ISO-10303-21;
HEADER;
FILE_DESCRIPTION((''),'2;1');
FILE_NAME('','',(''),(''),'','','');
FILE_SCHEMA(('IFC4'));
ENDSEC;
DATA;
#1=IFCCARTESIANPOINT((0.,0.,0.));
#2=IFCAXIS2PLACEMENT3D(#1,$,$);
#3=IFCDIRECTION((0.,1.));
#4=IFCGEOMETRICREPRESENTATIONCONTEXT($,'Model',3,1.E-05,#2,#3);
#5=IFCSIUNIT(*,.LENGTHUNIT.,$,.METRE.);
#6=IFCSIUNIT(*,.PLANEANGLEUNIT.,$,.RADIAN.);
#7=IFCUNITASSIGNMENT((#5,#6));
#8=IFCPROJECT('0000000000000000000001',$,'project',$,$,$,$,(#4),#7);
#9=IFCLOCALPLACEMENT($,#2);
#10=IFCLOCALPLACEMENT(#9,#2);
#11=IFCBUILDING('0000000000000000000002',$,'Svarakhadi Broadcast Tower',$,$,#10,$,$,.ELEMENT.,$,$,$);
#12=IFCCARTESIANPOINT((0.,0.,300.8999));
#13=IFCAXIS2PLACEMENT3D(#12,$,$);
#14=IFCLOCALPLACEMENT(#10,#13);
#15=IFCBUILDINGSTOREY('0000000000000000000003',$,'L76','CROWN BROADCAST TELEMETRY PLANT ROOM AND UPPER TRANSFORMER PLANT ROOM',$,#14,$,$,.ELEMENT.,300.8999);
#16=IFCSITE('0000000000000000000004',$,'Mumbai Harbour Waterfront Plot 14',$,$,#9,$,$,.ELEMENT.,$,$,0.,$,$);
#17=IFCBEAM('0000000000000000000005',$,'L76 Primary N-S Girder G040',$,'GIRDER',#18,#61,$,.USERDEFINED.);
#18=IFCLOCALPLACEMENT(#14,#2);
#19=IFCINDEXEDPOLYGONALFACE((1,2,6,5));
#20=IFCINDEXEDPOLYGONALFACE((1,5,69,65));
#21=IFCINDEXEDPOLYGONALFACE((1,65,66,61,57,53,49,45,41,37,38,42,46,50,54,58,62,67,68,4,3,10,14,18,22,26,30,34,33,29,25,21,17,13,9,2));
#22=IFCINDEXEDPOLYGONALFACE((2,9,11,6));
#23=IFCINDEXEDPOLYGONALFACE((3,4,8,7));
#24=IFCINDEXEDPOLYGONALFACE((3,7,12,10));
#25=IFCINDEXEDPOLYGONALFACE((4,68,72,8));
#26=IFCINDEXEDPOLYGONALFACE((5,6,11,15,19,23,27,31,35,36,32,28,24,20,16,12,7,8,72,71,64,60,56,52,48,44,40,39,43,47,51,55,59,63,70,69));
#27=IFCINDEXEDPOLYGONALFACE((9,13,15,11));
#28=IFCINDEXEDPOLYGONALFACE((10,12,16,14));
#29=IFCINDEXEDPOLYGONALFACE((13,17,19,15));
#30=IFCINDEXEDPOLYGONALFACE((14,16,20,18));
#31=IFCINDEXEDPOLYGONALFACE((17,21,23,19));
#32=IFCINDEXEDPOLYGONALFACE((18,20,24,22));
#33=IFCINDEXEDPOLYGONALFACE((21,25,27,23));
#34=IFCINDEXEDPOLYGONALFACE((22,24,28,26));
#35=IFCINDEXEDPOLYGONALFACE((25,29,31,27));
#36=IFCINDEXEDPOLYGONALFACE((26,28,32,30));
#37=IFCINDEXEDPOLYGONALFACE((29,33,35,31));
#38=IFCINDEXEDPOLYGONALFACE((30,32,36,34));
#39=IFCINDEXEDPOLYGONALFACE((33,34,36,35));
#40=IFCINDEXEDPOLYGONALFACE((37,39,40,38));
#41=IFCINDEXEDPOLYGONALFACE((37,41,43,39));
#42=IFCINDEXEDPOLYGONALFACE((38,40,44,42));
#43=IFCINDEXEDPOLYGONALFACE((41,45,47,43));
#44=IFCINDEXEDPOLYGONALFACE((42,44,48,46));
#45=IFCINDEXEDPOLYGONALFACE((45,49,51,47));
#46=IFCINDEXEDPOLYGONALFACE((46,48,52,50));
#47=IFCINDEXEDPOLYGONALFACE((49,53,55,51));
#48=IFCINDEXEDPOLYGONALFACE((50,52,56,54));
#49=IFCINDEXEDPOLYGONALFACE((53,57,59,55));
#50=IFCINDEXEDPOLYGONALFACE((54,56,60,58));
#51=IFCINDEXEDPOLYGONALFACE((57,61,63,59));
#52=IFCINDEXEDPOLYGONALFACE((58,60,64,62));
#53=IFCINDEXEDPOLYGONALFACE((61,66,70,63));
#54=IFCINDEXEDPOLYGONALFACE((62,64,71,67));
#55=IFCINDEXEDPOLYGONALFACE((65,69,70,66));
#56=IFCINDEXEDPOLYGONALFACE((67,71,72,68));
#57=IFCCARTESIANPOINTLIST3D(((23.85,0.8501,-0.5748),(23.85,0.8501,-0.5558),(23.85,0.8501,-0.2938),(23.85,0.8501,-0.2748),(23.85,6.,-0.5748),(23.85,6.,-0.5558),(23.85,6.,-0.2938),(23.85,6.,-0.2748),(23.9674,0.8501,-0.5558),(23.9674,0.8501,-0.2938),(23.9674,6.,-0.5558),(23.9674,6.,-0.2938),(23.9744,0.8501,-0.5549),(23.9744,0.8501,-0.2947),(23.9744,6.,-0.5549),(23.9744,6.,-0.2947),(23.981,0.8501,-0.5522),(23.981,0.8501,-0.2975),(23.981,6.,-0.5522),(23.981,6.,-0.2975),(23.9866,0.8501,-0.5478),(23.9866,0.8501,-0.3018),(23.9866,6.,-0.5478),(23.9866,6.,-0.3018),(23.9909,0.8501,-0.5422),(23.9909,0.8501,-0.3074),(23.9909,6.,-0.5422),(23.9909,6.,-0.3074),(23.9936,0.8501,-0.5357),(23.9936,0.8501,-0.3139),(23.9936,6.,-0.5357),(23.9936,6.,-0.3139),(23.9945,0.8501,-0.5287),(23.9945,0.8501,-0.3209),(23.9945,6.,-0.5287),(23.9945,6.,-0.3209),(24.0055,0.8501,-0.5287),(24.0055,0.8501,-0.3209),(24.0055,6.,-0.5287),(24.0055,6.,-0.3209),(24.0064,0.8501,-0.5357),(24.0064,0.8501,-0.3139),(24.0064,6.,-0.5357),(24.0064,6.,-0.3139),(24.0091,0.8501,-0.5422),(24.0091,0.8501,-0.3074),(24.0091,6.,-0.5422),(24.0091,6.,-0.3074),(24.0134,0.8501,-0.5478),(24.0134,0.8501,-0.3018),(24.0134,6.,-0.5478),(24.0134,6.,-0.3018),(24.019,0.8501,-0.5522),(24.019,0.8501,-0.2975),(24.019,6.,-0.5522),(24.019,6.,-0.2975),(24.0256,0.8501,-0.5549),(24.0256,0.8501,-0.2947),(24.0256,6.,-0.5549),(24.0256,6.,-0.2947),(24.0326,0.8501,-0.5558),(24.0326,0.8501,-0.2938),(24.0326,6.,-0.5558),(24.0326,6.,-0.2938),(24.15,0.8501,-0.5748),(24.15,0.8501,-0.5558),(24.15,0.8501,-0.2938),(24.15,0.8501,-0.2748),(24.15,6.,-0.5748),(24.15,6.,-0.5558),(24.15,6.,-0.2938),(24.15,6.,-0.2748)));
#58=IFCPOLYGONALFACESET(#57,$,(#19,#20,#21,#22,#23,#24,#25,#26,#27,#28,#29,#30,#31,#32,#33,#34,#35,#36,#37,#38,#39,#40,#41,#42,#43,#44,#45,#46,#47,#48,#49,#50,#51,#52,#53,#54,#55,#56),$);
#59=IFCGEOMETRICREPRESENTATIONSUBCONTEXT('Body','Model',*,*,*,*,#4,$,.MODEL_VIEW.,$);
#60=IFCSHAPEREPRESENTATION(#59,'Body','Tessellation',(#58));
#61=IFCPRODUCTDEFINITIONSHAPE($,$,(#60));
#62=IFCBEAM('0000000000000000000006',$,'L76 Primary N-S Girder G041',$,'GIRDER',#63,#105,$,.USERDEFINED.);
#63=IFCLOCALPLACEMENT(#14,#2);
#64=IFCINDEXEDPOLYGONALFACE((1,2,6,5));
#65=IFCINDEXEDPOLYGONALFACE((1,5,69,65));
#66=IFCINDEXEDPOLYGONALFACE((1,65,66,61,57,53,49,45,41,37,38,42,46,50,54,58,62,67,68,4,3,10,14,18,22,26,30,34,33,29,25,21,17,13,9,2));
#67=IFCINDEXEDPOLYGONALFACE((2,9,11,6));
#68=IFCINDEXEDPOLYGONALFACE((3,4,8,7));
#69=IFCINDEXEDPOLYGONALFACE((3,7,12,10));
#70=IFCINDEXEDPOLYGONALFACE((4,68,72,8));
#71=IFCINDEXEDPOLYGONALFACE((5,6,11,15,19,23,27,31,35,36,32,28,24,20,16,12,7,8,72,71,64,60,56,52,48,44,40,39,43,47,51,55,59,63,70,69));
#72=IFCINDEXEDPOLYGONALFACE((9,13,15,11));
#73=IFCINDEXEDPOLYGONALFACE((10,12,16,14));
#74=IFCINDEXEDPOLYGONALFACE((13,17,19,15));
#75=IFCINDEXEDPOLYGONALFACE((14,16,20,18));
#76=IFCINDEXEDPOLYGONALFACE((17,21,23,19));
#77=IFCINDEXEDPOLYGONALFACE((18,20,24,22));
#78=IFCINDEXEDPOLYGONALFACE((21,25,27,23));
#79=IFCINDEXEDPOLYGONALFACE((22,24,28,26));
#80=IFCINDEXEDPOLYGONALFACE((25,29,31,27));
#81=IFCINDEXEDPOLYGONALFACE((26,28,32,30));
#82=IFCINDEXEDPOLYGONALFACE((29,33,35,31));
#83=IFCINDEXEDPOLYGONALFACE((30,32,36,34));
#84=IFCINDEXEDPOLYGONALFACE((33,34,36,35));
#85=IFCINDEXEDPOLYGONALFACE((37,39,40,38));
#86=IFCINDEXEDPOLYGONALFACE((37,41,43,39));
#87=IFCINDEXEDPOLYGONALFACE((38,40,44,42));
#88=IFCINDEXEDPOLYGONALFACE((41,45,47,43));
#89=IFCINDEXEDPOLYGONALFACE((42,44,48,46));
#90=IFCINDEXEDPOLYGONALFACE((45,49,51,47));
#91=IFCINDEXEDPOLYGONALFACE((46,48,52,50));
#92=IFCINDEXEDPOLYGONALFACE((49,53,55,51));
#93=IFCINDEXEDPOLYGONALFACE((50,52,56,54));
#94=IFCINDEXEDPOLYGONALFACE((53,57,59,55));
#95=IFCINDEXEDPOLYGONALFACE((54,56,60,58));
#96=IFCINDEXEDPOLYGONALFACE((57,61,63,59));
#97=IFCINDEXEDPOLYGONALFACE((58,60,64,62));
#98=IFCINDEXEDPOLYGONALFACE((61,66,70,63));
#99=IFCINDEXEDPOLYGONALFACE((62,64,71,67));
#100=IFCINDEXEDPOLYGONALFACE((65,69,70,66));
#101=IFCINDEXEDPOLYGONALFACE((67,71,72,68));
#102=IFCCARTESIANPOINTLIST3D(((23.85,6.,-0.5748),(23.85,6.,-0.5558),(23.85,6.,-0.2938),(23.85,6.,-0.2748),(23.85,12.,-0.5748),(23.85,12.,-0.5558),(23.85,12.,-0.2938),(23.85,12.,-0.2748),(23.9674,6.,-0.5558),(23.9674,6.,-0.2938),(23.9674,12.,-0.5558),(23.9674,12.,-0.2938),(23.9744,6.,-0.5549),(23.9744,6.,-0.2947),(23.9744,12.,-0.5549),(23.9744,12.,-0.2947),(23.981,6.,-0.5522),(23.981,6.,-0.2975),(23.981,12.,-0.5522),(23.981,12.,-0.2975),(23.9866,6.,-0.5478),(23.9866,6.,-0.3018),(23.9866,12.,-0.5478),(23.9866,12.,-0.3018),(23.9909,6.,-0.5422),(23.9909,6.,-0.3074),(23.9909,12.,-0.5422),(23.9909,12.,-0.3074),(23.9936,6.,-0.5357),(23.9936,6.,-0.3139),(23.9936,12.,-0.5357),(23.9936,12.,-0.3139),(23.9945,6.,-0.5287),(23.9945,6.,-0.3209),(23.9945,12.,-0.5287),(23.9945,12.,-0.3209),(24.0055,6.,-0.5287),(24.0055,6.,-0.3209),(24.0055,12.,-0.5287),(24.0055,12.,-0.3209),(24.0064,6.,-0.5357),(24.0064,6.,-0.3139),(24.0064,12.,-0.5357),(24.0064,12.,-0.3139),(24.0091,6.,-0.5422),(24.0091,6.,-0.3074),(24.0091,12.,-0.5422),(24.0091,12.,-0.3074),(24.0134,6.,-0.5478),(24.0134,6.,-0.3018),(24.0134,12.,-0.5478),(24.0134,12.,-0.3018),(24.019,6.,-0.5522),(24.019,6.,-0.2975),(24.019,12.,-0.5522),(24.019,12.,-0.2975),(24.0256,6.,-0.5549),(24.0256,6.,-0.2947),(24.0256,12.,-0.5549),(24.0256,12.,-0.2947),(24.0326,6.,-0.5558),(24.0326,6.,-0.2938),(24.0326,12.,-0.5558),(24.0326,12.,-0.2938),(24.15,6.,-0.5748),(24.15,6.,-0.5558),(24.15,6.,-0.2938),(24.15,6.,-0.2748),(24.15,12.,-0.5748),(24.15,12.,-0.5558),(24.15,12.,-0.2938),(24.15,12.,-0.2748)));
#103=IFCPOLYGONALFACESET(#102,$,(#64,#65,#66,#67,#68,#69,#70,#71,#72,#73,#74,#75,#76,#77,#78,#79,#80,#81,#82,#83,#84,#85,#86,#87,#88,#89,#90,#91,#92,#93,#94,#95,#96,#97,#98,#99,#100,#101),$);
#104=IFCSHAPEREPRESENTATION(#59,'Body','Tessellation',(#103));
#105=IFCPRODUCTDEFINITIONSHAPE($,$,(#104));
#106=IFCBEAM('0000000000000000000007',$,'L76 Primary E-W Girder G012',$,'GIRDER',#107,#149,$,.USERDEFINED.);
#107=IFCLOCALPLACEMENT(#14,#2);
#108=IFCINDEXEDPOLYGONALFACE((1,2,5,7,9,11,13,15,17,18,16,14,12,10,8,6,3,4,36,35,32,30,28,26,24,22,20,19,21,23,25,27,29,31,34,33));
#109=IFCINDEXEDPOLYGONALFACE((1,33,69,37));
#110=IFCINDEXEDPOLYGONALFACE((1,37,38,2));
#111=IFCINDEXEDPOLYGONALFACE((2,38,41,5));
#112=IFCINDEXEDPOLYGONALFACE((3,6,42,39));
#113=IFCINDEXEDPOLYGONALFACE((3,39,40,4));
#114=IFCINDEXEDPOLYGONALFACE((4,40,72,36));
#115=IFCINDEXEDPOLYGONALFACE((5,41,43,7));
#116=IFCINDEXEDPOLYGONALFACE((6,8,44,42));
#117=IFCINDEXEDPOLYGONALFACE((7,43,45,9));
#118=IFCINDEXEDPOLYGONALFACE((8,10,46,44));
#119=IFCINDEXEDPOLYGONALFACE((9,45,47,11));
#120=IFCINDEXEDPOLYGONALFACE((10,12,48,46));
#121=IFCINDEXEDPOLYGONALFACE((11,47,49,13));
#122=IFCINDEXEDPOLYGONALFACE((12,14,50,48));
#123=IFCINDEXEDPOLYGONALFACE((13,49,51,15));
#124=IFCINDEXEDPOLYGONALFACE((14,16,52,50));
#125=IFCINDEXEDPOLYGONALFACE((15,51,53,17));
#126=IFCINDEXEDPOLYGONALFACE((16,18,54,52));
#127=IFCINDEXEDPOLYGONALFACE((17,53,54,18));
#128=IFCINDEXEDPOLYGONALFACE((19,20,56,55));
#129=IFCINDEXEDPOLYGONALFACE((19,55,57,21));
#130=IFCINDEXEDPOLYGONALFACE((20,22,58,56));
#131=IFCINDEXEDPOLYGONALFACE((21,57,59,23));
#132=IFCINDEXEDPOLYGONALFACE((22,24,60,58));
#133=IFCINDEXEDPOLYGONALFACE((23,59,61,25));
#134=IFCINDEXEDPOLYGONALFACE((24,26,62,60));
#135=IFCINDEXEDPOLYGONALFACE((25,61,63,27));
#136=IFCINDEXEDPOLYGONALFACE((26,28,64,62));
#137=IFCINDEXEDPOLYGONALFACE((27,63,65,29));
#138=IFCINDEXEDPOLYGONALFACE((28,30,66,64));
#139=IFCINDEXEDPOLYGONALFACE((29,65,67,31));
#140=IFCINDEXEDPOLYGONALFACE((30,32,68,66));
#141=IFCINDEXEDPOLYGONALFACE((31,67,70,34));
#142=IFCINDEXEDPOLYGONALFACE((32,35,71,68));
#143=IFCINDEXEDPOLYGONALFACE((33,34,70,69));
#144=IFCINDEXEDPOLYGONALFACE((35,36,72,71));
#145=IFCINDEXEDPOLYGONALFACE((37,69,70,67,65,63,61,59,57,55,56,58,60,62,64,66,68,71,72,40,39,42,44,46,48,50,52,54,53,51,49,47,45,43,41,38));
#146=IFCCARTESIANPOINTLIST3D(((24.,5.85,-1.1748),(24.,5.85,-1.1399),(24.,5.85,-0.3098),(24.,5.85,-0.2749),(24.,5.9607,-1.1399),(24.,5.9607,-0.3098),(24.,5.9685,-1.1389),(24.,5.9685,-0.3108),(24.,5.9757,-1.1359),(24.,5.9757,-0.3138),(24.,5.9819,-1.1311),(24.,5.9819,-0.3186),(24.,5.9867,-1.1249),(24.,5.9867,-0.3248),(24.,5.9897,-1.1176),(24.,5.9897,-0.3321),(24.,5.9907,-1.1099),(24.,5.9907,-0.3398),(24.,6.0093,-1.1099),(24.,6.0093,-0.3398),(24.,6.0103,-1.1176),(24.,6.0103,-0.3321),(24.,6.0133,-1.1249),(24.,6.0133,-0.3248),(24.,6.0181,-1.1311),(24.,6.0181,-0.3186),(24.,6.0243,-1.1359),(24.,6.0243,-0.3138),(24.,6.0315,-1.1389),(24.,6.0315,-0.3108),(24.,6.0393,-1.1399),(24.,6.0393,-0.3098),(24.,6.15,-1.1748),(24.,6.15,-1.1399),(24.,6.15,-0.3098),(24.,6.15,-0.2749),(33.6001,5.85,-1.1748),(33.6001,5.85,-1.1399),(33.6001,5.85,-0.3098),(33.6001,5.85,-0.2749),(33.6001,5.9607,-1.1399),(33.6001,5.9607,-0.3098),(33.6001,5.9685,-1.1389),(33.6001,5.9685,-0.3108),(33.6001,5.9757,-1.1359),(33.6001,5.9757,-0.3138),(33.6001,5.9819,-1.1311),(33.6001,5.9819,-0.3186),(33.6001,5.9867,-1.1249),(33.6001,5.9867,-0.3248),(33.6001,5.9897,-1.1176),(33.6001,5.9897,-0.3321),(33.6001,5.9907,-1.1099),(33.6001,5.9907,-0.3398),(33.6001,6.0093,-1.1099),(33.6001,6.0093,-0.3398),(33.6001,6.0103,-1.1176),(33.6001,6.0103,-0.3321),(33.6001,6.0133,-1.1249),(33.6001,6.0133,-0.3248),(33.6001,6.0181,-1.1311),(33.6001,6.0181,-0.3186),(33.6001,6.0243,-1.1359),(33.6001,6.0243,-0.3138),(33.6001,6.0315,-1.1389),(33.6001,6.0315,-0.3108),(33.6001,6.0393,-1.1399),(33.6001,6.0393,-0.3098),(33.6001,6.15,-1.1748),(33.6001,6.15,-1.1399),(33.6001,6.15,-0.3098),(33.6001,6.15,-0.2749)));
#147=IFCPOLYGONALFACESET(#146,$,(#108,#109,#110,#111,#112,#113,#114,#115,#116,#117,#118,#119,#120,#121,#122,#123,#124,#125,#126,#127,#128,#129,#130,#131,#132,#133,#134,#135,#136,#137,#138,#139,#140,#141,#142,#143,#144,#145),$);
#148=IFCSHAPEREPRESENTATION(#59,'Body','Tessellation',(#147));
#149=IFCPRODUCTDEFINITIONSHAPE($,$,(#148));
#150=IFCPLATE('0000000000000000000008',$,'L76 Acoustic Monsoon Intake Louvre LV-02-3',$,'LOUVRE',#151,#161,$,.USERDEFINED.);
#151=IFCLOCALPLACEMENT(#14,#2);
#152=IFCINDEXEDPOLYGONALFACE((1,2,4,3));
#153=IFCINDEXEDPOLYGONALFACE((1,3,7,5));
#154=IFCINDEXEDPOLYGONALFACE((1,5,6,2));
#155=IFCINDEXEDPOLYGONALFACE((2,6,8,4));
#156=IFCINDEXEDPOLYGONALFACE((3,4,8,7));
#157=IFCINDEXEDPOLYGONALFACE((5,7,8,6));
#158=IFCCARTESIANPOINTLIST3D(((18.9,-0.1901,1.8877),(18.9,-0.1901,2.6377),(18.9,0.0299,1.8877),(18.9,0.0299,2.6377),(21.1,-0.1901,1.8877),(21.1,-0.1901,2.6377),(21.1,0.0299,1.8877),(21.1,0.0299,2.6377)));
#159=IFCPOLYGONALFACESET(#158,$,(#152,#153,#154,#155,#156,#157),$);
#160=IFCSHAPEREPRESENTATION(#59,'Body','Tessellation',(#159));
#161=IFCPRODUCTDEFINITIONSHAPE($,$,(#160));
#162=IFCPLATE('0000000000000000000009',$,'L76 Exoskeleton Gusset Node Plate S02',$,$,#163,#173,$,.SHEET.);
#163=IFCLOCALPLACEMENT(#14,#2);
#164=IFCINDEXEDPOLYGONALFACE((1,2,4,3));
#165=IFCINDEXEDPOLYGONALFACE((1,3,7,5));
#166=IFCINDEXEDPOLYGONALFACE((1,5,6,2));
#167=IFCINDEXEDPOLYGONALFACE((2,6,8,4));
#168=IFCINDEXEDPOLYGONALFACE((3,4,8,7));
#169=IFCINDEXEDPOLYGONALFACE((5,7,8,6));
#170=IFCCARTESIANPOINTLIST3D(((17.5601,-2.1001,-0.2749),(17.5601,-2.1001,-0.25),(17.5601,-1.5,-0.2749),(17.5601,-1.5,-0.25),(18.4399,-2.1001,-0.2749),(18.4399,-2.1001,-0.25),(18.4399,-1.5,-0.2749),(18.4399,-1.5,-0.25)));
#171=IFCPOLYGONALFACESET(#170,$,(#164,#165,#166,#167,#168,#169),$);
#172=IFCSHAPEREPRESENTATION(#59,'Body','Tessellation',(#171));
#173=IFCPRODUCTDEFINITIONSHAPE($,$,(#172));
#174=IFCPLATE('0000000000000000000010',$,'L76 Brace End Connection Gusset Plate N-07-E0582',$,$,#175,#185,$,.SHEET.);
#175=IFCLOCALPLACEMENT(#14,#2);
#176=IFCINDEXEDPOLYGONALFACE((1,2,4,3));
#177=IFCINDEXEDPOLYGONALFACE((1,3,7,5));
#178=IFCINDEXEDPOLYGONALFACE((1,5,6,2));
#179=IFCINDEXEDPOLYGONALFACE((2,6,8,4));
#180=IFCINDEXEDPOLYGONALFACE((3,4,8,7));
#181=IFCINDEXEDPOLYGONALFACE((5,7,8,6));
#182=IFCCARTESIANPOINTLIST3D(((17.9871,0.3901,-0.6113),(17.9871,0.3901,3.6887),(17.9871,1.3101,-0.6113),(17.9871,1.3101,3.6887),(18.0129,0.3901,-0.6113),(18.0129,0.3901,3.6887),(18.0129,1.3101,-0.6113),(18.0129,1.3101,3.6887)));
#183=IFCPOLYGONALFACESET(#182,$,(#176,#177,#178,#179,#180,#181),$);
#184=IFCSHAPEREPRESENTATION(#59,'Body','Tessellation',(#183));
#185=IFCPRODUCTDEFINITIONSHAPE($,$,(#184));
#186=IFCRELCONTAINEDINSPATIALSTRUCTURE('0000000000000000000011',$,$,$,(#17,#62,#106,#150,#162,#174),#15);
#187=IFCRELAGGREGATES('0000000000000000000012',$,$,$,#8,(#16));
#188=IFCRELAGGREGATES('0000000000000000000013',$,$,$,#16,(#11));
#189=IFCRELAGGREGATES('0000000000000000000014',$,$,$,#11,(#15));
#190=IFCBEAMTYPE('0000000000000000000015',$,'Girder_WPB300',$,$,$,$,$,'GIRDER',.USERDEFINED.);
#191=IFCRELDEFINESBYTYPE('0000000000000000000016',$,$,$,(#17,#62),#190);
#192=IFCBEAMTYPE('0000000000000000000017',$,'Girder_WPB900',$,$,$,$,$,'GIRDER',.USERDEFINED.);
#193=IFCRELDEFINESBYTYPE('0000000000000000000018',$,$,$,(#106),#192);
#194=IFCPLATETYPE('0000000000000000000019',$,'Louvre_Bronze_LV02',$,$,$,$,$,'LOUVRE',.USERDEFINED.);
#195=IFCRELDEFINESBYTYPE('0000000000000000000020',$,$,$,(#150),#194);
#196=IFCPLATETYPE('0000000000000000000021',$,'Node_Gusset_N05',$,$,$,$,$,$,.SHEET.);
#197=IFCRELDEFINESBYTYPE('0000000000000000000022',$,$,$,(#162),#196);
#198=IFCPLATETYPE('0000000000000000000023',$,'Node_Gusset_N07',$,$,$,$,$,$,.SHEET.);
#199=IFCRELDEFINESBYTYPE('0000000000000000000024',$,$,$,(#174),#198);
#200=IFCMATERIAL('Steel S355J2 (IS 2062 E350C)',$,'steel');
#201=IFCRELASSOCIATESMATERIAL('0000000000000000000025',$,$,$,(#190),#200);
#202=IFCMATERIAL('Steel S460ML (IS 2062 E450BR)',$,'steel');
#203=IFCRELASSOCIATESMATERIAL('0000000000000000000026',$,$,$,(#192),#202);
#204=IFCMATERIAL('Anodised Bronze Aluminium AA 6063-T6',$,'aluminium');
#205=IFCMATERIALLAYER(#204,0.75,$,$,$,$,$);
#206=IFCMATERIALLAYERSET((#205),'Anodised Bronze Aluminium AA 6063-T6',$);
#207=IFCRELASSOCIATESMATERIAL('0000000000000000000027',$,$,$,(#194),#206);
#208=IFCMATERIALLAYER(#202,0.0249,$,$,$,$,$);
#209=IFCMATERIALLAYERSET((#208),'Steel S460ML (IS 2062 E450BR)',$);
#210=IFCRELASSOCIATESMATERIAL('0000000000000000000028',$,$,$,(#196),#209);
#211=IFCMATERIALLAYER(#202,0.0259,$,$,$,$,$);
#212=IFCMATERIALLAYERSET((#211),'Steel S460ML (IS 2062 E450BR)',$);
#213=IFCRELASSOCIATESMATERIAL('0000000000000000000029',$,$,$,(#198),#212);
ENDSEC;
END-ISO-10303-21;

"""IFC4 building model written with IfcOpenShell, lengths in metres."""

from ifc_helpers import new_model, si_unit, direction, frame, origin, origin_2d, place, context, subcontext, project, spatial, rectangle, i_section, extrude, material, layer, layer_set, material_profile, profile_set, type_object, element, save


model = new_model("IFC4")

# Units and contexts
model_context = context("Model", 3, precision=1e-05, world=origin(), true_north=direction((0.0, 1.0)))
body_context = subcontext(model_context, "Body", "Model", "MODEL_VIEW")
ifc_project = project(units=[si_unit("LENGTHUNIT", "METRE"), si_unit("PLANEANGLEUNIT", "RADIAN")], contexts=[model_context])

# Site, building, storey
site_placement = place(None, origin())
site = spatial("IfcSite", under=ifc_project, at=site_placement, Name="Mumbai Harbour Waterfront Plot 14", CompositionType="ELEMENT", RefElevation=0.0)
building_placement = place(site_placement, origin())
building = spatial("IfcBuilding", under=site, at=building_placement, Name="Svarakhadi Broadcast Tower", CompositionType="ELEMENT")
storey_placement = place(building_placement, frame((0.0, 0.0, 300.8999)))
storey = spatial("IfcBuildingStorey", under=building, at=storey_placement, Name="L76", Description="CROWN BROADCAST TELEMETRY PLANT ROOM AND UPPER TRANSFORMER PLANT ROOM", CompositionType="ELEMENT", Elevation=300.8999)

# Shared definitions
ifc_material_1 = material(Name="Steel S460ML (IS 2062 E450BR)", Category="steel")

# Shared definitions
ifc_material_2 = material(Name="Steel S355J2 (IS 2062 E350C)", Category="steel")

# Beams
ifc_material_profile_1 = material_profile(ifc_material_2, i_section(OverallWidth=0.3, OverallDepth=0.3, WebThickness=0.011, FlangeThickness=0.019, FilletRadius=0.0271, at=origin_2d()), Name="WPB 300x300x117")
ifc_profile_set_1 = profile_set([ifc_material_profile_1], Name="Steel S355J2 (IS 2062 E350C)")
beam_type_1 = type_object("IfcBeamType", Name="Girder_WPB300", ElementType="GIRDER", PredefinedType="USERDEFINED", material=ifc_profile_set_1)
beam_1_placement = place(storey_placement, frame((24.0, 0.8501, -0.4248), z_axis=(0.0, 1.0, 0.0), x_axis=(-1.0, 0.0, 0.0)))
element("IfcBeam", 1, at=beam_1_placement, inside=storey, type_object=beam_type_1, Name="L76 Primary N-S Girder G040", ObjectType="GIRDER", PredefinedType="USERDEFINED", context=body_context, shape_type="SweptSolid", body=[
    extrude(i_section(OverallWidth=0.3, OverallDepth=0.3, WebThickness=0.011, FlangeThickness=0.019, FilletRadius=0.0271, at=origin_2d()), origin(), (0.0, 0.0, 1.0), 5.1499),
])
beam_2_placement = place(storey_placement, frame((24.0, 6.0, -0.4248), z_axis=(0.0, 1.0, 0.0), x_axis=(-1.0, 0.0, 0.0)))
element("IfcBeam", 2, at=beam_2_placement, inside=storey, type_object=beam_type_1, Name="L76 Primary N-S Girder G041", ObjectType="GIRDER", PredefinedType="USERDEFINED", context=body_context, shape_type="SweptSolid", body=[
    extrude(i_section(OverallWidth=0.3, OverallDepth=0.3, WebThickness=0.011, FlangeThickness=0.019, FilletRadius=0.0271, at=origin_2d()), origin(), (0.0, 0.0, 1.0), 6.0),
])
ifc_material_profile_2 = material_profile(ifc_material_1, i_section(OverallWidth=0.3, OverallDepth=0.8999, WebThickness=0.0186, FlangeThickness=0.0349, FilletRadius=0.03, at=origin_2d()), Name="WPB 900x300x291")
ifc_profile_set_2 = profile_set([ifc_material_profile_2], Name="Steel S460ML (IS 2062 E450BR)")
beam_type_2 = type_object("IfcBeamType", Name="Girder_WPB900", ElementType="GIRDER", PredefinedType="USERDEFINED", material=ifc_profile_set_2)
beam_3_placement = place(storey_placement, frame((24.0, 6.0, -0.7249), z_axis=(1.0, 0.0, 0.0), x_axis=(0.0, 1.0, 0.0)))
element("IfcBeam", 3, at=beam_3_placement, inside=storey, type_object=beam_type_2, Name="L76 Primary E-W Girder G012", ObjectType="GIRDER", PredefinedType="USERDEFINED", context=body_context, shape_type="SweptSolid", body=[
    extrude(i_section(OverallWidth=0.3, OverallDepth=0.8999, WebThickness=0.0186, FlangeThickness=0.0349, FilletRadius=0.03, at=origin_2d()), origin(), (0.0, 0.0, 1.0), 9.6001),
])

# Plates
ifc_material_3 = material(Name="Anodised Bronze Aluminium AA 6063-T6", Category="aluminium")
ifc_layer_1 = layer(ifc_material_3, 0.75)
ifc_layer_set_1 = layer_set([ifc_layer_1], Name="Anodised Bronze Aluminium AA 6063-T6")
plate_type_1 = type_object("IfcPlateType", Name="Louvre_Bronze_LV02", ElementType="LOUVRE", PredefinedType="USERDEFINED", material=ifc_layer_set_1)
plate_1_placement = place(storey_placement, frame((20.0, -0.0801, 1.8877), z_axis=(0.0, 0.0, 1.0), x_axis=(1.0, 0.0, 0.0)))
element("IfcPlate", 4, at=plate_1_placement, inside=storey, type_object=plate_type_1, Name="L76 Acoustic Monsoon Intake Louvre LV-02-3", ObjectType="LOUVRE", PredefinedType="USERDEFINED", context=body_context, shape_type="SweptSolid", body=[
    extrude(rectangle(XDim=2.2, YDim=0.22, at=origin_2d()), origin(), (0.0, 0.0, 1.0), 0.75),
])
ifc_layer_2 = layer(ifc_material_1, 0.0249)
ifc_layer_set_2 = layer_set([ifc_layer_2], Name="Steel S460ML (IS 2062 E450BR)")
plate_type_2 = type_object("IfcPlateType", Name="Node_Gusset_N05", PredefinedType="SHEET", material=ifc_layer_set_2)
plate_2_placement = place(storey_placement, frame((18.0, -1.8, -0.2749), z_axis=(0.0, 0.0, 1.0), x_axis=(1.0, 0.0, 0.0)))
element("IfcPlate", 5, at=plate_2_placement, inside=storey, type_object=plate_type_2, Name="L76 Exoskeleton Gusset Node Plate S02", PredefinedType="SHEET", context=body_context, shape_type="SweptSolid", body=[
    extrude(rectangle(XDim=0.8799, YDim=0.6001, at=origin_2d()), origin(), (0.0, 0.0, 1.0), 0.0249),
])
ifc_layer_3 = layer(ifc_material_1, 0.0259)
ifc_layer_set_3 = layer_set([ifc_layer_3], Name="Steel S460ML (IS 2062 E450BR)")
plate_type_3 = type_object("IfcPlateType", Name="Node_Gusset_N07", PredefinedType="SHEET", material=ifc_layer_set_3)
plate_3_placement = place(storey_placement, frame((18.0, 0.8501, -0.6113), z_axis=(0.0, 0.0, 1.0), x_axis=(0.0, 1.0, 0.0)))
element("IfcPlate", 6, at=plate_3_placement, inside=storey, type_object=plate_type_3, Name="L76 Brace End Connection Gusset Plate N-07-E0582", PredefinedType="SHEET", context=body_context, shape_type="SweptSolid", body=[
    extrude(rectangle(XDim=0.9199, YDim=0.0259, at=origin_2d()), origin(), (0.0, 0.0, 1.0), 4.3),
])

save(model, "model.ifc")
